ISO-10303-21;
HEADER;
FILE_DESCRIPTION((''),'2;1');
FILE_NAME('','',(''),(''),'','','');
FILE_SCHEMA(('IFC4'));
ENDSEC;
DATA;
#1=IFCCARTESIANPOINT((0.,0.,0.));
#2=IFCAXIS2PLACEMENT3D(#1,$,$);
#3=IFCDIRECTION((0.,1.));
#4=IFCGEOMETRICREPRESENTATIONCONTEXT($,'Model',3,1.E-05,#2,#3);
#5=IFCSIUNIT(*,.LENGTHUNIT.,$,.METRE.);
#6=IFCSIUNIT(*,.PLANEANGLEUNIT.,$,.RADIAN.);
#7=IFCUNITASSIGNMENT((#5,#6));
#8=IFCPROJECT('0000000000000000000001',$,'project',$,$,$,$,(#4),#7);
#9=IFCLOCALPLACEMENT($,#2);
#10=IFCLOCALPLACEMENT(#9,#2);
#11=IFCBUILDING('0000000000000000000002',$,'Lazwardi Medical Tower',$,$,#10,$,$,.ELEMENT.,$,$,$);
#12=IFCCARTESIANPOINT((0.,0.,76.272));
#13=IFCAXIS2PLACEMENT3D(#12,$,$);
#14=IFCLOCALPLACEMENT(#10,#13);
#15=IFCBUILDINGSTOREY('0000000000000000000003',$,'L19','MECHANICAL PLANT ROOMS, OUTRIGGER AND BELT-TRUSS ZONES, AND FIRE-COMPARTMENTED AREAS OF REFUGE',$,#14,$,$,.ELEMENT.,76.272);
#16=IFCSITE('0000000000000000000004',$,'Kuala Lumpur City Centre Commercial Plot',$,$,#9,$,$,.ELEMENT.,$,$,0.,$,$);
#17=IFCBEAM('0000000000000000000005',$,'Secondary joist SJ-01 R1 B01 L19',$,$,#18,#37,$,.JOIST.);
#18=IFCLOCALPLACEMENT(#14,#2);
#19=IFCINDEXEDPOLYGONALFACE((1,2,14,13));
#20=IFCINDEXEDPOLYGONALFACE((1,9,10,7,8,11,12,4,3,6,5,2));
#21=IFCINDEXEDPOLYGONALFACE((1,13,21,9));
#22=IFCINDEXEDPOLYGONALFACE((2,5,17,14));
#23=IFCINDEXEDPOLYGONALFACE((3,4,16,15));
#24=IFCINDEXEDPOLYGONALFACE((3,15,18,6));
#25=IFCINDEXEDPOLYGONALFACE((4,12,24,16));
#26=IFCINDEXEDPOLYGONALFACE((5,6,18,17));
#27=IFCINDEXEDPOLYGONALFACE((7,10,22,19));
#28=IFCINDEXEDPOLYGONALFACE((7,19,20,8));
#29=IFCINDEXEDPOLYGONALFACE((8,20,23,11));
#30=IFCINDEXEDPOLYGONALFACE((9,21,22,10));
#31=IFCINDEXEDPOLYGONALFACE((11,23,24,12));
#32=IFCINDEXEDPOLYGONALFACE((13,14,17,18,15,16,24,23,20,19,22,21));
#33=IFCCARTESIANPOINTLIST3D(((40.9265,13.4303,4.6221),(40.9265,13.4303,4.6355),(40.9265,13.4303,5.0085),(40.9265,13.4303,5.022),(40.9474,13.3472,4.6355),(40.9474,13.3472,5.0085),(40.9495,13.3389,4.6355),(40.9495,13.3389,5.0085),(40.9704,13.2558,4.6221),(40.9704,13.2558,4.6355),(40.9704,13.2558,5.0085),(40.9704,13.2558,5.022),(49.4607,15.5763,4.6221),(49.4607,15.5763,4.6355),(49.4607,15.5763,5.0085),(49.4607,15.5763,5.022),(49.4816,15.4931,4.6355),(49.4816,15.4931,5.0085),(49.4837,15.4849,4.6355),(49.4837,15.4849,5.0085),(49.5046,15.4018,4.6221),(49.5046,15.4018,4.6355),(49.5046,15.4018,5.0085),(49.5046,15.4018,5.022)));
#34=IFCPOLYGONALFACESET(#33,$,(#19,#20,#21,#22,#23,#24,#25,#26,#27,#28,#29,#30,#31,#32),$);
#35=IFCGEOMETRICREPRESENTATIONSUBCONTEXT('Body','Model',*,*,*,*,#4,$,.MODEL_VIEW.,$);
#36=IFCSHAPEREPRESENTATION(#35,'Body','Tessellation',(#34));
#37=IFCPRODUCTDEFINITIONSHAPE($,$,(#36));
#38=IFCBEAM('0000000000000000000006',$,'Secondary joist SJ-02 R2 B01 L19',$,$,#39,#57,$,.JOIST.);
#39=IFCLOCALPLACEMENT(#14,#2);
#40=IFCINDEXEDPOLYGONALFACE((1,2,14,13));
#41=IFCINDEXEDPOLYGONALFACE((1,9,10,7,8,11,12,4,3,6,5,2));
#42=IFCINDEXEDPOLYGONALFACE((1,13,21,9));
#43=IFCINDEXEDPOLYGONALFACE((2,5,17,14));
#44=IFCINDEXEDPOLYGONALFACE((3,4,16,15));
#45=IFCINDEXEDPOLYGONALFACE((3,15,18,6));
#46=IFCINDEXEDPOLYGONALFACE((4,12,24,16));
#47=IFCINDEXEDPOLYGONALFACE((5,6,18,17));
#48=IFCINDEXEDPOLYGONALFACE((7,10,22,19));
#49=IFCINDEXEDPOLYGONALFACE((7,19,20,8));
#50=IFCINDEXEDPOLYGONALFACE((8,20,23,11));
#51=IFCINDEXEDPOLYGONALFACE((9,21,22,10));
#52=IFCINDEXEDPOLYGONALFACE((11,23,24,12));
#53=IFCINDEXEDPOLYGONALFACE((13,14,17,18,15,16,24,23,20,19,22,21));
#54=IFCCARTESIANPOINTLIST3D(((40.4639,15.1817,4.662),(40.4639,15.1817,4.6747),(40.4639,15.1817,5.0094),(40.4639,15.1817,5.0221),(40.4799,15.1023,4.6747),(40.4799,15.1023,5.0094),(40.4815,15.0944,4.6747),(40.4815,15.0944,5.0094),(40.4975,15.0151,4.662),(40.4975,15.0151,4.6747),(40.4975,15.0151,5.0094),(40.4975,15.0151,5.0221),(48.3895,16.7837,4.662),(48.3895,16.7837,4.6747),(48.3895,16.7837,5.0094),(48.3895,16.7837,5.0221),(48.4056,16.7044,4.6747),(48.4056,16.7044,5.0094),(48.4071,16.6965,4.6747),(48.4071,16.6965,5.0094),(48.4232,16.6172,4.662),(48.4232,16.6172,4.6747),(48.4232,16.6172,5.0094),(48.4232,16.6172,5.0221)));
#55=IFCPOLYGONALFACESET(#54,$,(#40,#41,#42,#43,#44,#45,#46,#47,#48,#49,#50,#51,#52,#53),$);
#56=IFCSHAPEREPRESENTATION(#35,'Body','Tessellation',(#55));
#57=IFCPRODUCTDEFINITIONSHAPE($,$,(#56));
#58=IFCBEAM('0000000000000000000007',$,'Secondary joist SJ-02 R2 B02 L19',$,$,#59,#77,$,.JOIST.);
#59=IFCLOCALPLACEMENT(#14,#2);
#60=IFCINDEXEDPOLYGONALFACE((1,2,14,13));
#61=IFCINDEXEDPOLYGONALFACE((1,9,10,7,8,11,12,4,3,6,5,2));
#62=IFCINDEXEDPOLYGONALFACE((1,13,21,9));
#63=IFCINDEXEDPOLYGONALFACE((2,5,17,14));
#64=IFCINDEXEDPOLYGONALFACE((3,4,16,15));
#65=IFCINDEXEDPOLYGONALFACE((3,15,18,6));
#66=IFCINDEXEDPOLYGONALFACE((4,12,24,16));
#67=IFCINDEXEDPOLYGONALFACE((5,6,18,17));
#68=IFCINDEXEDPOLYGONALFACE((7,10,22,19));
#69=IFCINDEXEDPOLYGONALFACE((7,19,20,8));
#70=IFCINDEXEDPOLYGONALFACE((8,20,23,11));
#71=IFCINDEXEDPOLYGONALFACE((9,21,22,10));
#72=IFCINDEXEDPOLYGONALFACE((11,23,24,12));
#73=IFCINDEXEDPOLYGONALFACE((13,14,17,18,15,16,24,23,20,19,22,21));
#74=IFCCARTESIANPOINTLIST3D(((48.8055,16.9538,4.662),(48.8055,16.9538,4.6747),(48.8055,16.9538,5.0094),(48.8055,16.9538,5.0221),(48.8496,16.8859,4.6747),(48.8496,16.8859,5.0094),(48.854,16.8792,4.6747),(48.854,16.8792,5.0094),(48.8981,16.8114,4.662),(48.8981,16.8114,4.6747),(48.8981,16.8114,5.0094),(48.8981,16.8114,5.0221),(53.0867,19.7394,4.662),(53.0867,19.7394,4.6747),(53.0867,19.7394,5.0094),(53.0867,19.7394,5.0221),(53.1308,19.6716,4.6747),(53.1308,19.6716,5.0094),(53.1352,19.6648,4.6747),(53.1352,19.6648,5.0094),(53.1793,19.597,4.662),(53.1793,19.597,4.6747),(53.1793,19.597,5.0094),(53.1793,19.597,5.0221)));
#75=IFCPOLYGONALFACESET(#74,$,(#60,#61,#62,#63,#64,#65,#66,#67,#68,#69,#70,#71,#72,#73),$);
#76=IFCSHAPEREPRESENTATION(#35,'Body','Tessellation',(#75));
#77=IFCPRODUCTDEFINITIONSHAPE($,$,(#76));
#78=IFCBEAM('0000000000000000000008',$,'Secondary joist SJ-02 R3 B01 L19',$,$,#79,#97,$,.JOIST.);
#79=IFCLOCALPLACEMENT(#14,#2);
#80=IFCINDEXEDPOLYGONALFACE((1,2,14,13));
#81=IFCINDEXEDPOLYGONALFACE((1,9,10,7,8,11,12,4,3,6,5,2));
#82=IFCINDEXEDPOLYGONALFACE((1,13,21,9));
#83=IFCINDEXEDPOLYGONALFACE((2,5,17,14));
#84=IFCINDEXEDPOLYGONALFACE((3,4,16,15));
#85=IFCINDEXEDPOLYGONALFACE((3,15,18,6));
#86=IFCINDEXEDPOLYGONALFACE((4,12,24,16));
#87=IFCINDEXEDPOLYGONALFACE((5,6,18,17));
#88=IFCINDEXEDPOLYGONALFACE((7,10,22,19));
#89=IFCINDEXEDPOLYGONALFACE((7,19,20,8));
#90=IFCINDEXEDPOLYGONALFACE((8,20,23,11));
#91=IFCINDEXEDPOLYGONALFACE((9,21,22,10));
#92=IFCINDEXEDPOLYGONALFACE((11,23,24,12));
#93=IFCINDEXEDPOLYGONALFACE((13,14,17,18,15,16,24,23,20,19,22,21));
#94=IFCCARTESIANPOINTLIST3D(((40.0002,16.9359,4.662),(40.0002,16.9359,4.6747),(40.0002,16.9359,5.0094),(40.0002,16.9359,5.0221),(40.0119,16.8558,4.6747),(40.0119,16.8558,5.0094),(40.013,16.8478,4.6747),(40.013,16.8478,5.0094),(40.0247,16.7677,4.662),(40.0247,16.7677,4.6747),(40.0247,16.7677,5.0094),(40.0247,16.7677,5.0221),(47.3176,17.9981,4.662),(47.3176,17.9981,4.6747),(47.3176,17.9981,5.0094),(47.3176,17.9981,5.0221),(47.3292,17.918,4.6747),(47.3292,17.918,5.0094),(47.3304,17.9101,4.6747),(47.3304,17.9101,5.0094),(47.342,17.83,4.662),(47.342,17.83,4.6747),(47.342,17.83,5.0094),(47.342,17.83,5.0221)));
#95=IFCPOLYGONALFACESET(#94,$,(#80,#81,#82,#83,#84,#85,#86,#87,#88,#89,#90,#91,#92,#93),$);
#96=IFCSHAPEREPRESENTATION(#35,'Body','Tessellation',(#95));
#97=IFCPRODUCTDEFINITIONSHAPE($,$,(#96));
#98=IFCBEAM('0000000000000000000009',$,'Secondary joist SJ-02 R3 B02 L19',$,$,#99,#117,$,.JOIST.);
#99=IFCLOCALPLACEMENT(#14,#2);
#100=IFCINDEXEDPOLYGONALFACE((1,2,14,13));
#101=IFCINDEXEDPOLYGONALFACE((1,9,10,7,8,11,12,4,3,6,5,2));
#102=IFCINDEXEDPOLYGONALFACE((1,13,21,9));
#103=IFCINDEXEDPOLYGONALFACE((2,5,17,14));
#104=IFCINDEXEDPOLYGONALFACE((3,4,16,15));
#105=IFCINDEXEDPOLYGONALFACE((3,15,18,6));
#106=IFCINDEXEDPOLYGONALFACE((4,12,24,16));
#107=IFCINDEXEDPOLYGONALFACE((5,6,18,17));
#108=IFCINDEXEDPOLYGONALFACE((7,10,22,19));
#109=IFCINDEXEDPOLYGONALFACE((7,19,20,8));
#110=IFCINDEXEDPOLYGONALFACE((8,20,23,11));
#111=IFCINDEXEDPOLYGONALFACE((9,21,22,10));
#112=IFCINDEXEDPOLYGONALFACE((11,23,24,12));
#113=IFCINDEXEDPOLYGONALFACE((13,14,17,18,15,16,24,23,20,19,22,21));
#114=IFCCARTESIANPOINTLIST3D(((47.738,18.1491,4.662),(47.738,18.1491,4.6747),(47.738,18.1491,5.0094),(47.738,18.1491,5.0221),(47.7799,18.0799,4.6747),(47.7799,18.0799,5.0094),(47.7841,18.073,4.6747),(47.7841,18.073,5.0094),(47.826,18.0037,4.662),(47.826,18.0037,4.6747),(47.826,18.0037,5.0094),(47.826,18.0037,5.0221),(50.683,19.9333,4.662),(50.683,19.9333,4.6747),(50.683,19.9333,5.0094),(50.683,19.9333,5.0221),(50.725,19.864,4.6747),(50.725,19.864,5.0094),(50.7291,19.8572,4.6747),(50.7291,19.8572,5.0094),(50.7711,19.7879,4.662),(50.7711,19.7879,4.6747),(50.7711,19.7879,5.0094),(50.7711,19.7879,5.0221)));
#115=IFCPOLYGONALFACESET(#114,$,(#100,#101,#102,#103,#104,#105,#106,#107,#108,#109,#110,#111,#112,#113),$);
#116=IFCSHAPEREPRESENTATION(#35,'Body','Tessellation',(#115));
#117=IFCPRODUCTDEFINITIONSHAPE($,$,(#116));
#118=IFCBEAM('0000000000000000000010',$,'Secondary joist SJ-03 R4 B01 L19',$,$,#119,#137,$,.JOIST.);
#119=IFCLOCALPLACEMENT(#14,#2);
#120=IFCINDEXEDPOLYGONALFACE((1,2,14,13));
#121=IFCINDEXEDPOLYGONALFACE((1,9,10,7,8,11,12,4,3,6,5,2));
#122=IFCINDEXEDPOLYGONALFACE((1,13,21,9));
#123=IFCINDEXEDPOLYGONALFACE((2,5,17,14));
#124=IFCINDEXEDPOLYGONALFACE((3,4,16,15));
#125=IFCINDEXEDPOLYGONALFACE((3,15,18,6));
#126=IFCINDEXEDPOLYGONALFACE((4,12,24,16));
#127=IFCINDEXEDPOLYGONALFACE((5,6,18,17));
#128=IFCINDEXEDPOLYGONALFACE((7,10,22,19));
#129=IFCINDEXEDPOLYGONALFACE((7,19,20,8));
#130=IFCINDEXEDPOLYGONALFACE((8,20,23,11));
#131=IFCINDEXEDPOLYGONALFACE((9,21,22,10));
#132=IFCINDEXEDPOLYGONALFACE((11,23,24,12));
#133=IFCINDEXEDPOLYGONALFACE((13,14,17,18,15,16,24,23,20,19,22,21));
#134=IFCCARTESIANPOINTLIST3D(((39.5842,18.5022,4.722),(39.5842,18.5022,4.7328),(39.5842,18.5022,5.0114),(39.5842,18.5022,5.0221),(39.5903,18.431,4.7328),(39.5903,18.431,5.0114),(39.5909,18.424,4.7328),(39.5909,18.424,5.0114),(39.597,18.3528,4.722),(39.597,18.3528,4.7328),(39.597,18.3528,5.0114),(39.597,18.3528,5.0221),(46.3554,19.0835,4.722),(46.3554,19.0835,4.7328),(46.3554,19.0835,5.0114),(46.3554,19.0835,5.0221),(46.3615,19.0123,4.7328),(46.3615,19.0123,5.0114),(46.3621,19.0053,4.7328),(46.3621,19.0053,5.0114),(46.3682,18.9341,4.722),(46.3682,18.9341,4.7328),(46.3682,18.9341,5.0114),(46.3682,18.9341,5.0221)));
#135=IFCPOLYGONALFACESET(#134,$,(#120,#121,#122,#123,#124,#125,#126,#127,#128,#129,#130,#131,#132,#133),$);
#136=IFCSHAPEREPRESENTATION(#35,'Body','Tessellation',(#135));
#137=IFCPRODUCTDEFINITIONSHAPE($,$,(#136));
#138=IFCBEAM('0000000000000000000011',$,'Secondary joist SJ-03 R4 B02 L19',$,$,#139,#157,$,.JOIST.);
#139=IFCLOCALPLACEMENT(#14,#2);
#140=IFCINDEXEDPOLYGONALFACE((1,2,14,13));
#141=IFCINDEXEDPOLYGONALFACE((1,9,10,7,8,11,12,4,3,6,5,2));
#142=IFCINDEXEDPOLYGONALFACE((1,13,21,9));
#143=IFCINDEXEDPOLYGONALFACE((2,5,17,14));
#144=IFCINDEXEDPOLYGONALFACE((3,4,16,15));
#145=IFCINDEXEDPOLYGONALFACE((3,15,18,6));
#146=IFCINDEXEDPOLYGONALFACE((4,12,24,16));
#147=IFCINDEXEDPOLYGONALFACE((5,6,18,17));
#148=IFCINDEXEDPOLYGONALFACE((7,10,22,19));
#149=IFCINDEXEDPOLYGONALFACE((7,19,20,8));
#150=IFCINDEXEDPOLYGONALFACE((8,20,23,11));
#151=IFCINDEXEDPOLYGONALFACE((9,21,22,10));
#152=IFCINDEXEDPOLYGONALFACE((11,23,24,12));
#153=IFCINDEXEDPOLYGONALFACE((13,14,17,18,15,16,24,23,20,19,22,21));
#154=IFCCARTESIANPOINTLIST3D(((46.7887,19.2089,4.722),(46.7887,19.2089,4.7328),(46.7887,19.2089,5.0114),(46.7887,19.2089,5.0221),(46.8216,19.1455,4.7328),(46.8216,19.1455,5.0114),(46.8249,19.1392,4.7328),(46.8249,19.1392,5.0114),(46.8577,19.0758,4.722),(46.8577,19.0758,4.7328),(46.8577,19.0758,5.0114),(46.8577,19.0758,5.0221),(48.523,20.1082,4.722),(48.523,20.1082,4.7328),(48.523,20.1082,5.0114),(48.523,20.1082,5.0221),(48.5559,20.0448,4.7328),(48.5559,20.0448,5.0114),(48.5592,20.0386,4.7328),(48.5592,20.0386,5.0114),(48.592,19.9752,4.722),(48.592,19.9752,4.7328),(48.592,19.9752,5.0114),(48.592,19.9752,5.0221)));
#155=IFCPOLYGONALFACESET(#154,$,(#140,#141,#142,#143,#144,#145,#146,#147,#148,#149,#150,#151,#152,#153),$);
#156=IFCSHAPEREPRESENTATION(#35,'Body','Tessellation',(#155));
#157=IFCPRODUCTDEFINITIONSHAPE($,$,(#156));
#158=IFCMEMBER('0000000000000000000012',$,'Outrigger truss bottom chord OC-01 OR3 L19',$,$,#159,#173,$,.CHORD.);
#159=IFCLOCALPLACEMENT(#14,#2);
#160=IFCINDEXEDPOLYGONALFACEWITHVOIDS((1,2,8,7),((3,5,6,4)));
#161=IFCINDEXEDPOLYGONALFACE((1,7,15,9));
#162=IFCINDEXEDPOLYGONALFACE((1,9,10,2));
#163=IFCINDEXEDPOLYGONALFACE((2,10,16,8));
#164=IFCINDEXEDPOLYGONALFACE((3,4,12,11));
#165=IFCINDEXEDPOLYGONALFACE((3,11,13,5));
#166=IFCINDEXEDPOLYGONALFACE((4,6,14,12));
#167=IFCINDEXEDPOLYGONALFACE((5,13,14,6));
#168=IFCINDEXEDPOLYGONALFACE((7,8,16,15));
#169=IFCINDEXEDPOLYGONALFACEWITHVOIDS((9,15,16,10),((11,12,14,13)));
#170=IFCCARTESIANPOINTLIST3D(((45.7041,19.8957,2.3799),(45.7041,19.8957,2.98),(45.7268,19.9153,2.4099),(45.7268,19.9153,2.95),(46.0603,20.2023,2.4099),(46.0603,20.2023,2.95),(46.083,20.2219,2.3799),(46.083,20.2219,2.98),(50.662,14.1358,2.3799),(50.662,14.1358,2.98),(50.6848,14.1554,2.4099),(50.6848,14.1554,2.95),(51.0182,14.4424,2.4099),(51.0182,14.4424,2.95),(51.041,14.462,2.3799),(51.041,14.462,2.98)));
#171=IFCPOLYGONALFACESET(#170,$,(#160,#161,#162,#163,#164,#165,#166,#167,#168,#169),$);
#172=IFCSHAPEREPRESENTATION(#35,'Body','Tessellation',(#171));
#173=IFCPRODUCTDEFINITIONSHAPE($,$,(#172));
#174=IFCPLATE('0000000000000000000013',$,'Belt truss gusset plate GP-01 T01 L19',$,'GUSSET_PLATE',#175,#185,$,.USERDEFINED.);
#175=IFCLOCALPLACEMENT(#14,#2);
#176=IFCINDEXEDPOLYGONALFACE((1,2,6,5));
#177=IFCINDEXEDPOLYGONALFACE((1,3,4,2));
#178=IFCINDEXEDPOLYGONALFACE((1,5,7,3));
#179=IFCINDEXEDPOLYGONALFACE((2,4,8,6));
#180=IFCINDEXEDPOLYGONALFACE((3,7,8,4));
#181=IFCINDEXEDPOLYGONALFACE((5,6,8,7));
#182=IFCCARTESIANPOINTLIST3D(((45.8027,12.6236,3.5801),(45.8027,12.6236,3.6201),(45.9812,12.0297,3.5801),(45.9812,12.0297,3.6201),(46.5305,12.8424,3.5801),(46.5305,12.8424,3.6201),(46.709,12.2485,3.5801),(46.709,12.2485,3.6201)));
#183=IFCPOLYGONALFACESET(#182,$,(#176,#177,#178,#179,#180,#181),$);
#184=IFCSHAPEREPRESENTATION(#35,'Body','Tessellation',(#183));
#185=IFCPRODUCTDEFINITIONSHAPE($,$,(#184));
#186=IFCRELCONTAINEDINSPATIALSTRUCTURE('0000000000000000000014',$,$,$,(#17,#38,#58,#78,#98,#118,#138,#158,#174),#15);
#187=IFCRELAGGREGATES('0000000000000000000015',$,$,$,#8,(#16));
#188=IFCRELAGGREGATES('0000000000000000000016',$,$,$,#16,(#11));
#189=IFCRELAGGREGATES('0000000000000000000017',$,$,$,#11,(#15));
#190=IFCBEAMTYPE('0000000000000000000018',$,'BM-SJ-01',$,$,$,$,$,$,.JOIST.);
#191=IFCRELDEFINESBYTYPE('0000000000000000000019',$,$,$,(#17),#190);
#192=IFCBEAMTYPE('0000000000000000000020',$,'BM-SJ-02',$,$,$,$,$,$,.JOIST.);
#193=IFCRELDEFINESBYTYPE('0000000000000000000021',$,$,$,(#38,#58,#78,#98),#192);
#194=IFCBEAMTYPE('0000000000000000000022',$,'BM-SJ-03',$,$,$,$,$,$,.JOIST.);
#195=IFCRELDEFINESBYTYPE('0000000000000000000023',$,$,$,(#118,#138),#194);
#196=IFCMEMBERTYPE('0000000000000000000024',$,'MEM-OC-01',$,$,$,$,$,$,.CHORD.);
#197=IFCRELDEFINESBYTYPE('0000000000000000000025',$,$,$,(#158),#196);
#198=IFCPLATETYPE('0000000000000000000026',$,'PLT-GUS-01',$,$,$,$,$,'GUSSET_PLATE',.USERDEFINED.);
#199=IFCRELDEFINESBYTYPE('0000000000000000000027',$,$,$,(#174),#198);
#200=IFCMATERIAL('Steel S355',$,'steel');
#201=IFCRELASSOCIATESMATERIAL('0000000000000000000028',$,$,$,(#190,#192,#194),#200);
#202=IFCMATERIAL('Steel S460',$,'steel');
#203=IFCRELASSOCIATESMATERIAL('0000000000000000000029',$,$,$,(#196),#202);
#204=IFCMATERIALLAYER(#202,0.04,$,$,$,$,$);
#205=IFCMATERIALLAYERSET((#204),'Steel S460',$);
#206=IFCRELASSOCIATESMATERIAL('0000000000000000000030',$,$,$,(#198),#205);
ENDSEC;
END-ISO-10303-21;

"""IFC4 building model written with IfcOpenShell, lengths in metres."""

from ifc_helpers import new_model, si_unit, direction, frame, origin, origin_2d, place, context, subcontext, project, spatial, rectangle, hollow_rectangle, i_section, extrude, material, layer, layer_set, material_profile, profile_set, type_object, element, save


model = new_model("IFC4")

# Units and contexts
model_context = context("Model", 3, precision=1e-05, world=origin(), true_north=direction((0.0, 1.0)))
body_context = subcontext(model_context, "Body", "Model", "MODEL_VIEW")
ifc_project = project(units=[si_unit("LENGTHUNIT", "METRE"), si_unit("PLANEANGLEUNIT", "RADIAN")], contexts=[model_context])

# Site, building, storey
site_placement = place(None, origin())
site = spatial("IfcSite", under=ifc_project, at=site_placement, Name="Kuala Lumpur City Centre Commercial Plot", CompositionType="ELEMENT", RefElevation=0.0)
building_placement = place(site_placement, origin())
building = spatial("IfcBuilding", under=site, at=building_placement, Name="Lazwardi Medical Tower", CompositionType="ELEMENT")
storey_placement = place(building_placement, frame((0.0, 0.0, 76.272)))
storey = spatial("IfcBuildingStorey", under=building, at=storey_placement, Name="L19", Description="MECHANICAL PLANT ROOMS, OUTRIGGER AND BELT-TRUSS ZONES, AND FIRE-COMPARTMENTED AREAS OF REFUGE", CompositionType="ELEMENT", Elevation=76.272)

# Beams
ifc_material_1 = material(Name="Steel S355", Category="steel")
ifc_material_profile_1 = material_profile(ifc_material_1, i_section(OverallWidth=0.1799, OverallDepth=0.3999, WebThickness=0.0085, FlangeThickness=0.0134, at=origin_2d()), Name="IPE 400")
ifc_profile_set_1 = profile_set([ifc_material_profile_1], Name="Steel S355")
beam_type_1 = type_object("IfcBeamType", Name="BM-SJ-01", PredefinedType="JOIST", material=ifc_profile_set_1)
beam_1_placement = place(storey_placement, frame((40.9485, 13.343, 4.822), z_axis=(0.969809, 0.243867, 0.0), x_axis=(-0.243867, 0.969809, 0.0)))
element("IfcBeam", 1, at=beam_1_placement, inside=storey, type_object=beam_type_1, Name="Secondary joist SJ-01 R1 B01 L19", PredefinedType="JOIST", context=body_context, shape_type="SweptSolid", body=[
    extrude(i_section(OverallWidth=0.1799, OverallDepth=0.3999, WebThickness=0.0085, FlangeThickness=0.0134, at=origin_2d()), origin(), (0.0, 0.0, 1.0), 8.7998),
])
ifc_material_profile_2 = material_profile(ifc_material_1, i_section(OverallWidth=0.1699, OverallDepth=0.3601, WebThickness=0.0081, FlangeThickness=0.0127, at=origin_2d()), Name="IPE 360")
ifc_profile_set_2 = profile_set([ifc_material_profile_2], Name="Steel S355")
beam_type_2 = type_object("IfcBeamType", Name="BM-SJ-02", PredefinedType="JOIST", material=ifc_profile_set_2)
beam_2_placement = place(storey_placement, frame((40.4807, 15.0984, 4.842), z_axis=(0.980176, 0.198131, 0.0), x_axis=(-0.198131, 0.980176, 0.0)))
element("IfcBeam", 2, at=beam_2_placement, inside=storey, type_object=beam_type_2, Name="Secondary joist SJ-02 R2 B01 L19", PredefinedType="JOIST", context=body_context, shape_type="SweptSolid", body=[
    extrude(i_section(OverallWidth=0.1699, OverallDepth=0.3601, WebThickness=0.0081, FlangeThickness=0.0127, at=origin_2d()), origin(), (0.0, 0.0, 1.0), 8.0859),
])
beam_3_placement = place(storey_placement, frame((48.8518, 16.8826, 4.842), z_axis=(0.83819, 0.545378, 0.0), x_axis=(-0.545378, 0.83819, 0.0)))
element("IfcBeam", 3, at=beam_3_placement, inside=storey, type_object=beam_type_2, Name="Secondary joist SJ-02 R2 B02 L19", PredefinedType="JOIST", context=body_context, shape_type="SweptSolid", body=[
    extrude(i_section(OverallWidth=0.1699, OverallDepth=0.3601, WebThickness=0.0081, FlangeThickness=0.0127, at=origin_2d()), origin(), (0.0, 0.0, 1.0), 5.1077),
])
beam_4_placement = place(storey_placement, frame((40.0125, 16.8518, 4.842), z_axis=(0.989627, 0.143663, 0.0), x_axis=(-0.143663, 0.989627, 0.0)))
element("IfcBeam", 4, at=beam_4_placement, inside=storey, type_object=beam_type_2, Name="Secondary joist SJ-02 R3 B01 L19", PredefinedType="JOIST", context=body_context, shape_type="SweptSolid", body=[
    extrude(i_section(OverallWidth=0.1699, OverallDepth=0.3601, WebThickness=0.0081, FlangeThickness=0.0127, at=origin_2d()), origin(), (0.0, 0.0, 1.0), 7.394),
])
beam_5_placement = place(storey_placement, frame((47.782, 18.0764, 4.842), z_axis=(0.855289, 0.518151, 0.0), x_axis=(-0.518151, 0.855289, 0.0)))
element("IfcBeam", 5, at=beam_5_placement, inside=storey, type_object=beam_type_2, Name="Secondary joist SJ-02 R3 B02 L19", PredefinedType="JOIST", context=body_context, shape_type="SweptSolid", body=[
    extrude(i_section(OverallWidth=0.1699, OverallDepth=0.3601, WebThickness=0.0081, FlangeThickness=0.0127, at=origin_2d()), origin(), (0.0, 0.0, 1.0), 3.4434),
])
ifc_material_profile_3 = material_profile(ifc_material_1, i_section(OverallWidth=0.1499, OverallDepth=0.3, WebThickness=0.0071, FlangeThickness=0.0107, at=origin_2d()), Name="IPE 300")
ifc_profile_set_3 = profile_set([ifc_material_profile_3], Name="Steel S355")
beam_type_3 = type_object("IfcBeamType", Name="BM-SJ-03", PredefinedType="JOIST", material=ifc_profile_set_3)
beam_6_placement = place(storey_placement, frame((39.5906, 18.4275, 4.8721), z_axis=(0.996335, 0.085534, 0.0), x_axis=(-0.085534, 0.996335, 0.0)))
element("IfcBeam", 6, at=beam_6_placement, inside=storey, type_object=beam_type_3, Name="Secondary joist SJ-03 R4 B01 L19", PredefinedType="JOIST", context=body_context, shape_type="SweptSolid", body=[
    extrude(i_section(OverallWidth=0.1499, OverallDepth=0.3, WebThickness=0.0071, FlangeThickness=0.0107, at=origin_2d()), origin(), (0.0, 0.0, 1.0), 6.7961),
])
beam_7_placement = place(storey_placement, frame((46.8232, 19.1423, 4.8721), z_axis=(0.887732, 0.460361, 0.0), x_axis=(-0.460361, 0.887732, 0.0)))
element("IfcBeam", 7, at=beam_7_placement, inside=storey, type_object=beam_type_3, Name="Secondary joist SJ-03 R4 B02 L19", PredefinedType="JOIST", context=body_context, shape_type="SweptSolid", body=[
    extrude(i_section(OverallWidth=0.1499, OverallDepth=0.3, WebThickness=0.0071, FlangeThickness=0.0107, at=origin_2d()), origin(), (0.0, 0.0, 1.0), 1.9536),
])

# Member
ifc_material_2 = material(Name="Steel S460", Category="steel")
ifc_material_profile_4 = material_profile(ifc_material_2, hollow_rectangle(XDim=0.5, YDim=0.6001, WallThickness=0.03, at=origin_2d()), Name="RHS 600x500x30")
ifc_profile_set_4 = profile_set([ifc_material_profile_4], Name="Steel S460")
member_type = type_object("IfcMemberType", Name="MEM-OC-01", PredefinedType="CHORD", material=ifc_profile_set_4)
member_placement = place(storey_placement, frame((45.8936, 20.0588, 2.6799), z_axis=(0.652372, -0.757899, 0.0), x_axis=(0.757899, 0.652372, 0.0)))
element("IfcMember", 8, at=member_placement, inside=storey, type_object=member_type, Name="Outrigger truss bottom chord OC-01 OR3 L19", PredefinedType="CHORD", context=body_context, shape_type="SweptSolid", body=[
    extrude(hollow_rectangle(XDim=0.5, YDim=0.6001, WallThickness=0.03, at=origin_2d()), origin(), (0.0, 0.0, 1.0), 7.5999),
])

# Plate
ifc_layer_1 = layer(ifc_material_2, 0.04)
ifc_layer_set_1 = layer_set([ifc_layer_1], Name="Steel S460")
plate_type = type_object("IfcPlateType", Name="PLT-GUS-01", ElementType="GUSSET_PLATE", PredefinedType="USERDEFINED", material=ifc_layer_set_1)
for number, where, z_axis, x_axis, name in (
    (9, (46.2559, 12.436, 3.5801), (0.0, 0.0, 1.0), (0.957672, 0.287862, 0.0), "Belt truss gusset plate GP-01 T01 L19"),
):
    element("IfcPlate", number, at=place(storey_placement, frame(where, z_axis=z_axis, x_axis=x_axis)), inside=storey, type_object=plate_type, Name=name, ObjectType="GUSSET_PLATE", PredefinedType="USERDEFINED", context=body_context, shape_type="SweptSolid", body=[
        extrude(rectangle(XDim=0.76, YDim=0.6201, at=origin_2d()), origin(), (0.0, 0.0, 1.0), 0.04),
    ])

save(model, "model.ifc")
